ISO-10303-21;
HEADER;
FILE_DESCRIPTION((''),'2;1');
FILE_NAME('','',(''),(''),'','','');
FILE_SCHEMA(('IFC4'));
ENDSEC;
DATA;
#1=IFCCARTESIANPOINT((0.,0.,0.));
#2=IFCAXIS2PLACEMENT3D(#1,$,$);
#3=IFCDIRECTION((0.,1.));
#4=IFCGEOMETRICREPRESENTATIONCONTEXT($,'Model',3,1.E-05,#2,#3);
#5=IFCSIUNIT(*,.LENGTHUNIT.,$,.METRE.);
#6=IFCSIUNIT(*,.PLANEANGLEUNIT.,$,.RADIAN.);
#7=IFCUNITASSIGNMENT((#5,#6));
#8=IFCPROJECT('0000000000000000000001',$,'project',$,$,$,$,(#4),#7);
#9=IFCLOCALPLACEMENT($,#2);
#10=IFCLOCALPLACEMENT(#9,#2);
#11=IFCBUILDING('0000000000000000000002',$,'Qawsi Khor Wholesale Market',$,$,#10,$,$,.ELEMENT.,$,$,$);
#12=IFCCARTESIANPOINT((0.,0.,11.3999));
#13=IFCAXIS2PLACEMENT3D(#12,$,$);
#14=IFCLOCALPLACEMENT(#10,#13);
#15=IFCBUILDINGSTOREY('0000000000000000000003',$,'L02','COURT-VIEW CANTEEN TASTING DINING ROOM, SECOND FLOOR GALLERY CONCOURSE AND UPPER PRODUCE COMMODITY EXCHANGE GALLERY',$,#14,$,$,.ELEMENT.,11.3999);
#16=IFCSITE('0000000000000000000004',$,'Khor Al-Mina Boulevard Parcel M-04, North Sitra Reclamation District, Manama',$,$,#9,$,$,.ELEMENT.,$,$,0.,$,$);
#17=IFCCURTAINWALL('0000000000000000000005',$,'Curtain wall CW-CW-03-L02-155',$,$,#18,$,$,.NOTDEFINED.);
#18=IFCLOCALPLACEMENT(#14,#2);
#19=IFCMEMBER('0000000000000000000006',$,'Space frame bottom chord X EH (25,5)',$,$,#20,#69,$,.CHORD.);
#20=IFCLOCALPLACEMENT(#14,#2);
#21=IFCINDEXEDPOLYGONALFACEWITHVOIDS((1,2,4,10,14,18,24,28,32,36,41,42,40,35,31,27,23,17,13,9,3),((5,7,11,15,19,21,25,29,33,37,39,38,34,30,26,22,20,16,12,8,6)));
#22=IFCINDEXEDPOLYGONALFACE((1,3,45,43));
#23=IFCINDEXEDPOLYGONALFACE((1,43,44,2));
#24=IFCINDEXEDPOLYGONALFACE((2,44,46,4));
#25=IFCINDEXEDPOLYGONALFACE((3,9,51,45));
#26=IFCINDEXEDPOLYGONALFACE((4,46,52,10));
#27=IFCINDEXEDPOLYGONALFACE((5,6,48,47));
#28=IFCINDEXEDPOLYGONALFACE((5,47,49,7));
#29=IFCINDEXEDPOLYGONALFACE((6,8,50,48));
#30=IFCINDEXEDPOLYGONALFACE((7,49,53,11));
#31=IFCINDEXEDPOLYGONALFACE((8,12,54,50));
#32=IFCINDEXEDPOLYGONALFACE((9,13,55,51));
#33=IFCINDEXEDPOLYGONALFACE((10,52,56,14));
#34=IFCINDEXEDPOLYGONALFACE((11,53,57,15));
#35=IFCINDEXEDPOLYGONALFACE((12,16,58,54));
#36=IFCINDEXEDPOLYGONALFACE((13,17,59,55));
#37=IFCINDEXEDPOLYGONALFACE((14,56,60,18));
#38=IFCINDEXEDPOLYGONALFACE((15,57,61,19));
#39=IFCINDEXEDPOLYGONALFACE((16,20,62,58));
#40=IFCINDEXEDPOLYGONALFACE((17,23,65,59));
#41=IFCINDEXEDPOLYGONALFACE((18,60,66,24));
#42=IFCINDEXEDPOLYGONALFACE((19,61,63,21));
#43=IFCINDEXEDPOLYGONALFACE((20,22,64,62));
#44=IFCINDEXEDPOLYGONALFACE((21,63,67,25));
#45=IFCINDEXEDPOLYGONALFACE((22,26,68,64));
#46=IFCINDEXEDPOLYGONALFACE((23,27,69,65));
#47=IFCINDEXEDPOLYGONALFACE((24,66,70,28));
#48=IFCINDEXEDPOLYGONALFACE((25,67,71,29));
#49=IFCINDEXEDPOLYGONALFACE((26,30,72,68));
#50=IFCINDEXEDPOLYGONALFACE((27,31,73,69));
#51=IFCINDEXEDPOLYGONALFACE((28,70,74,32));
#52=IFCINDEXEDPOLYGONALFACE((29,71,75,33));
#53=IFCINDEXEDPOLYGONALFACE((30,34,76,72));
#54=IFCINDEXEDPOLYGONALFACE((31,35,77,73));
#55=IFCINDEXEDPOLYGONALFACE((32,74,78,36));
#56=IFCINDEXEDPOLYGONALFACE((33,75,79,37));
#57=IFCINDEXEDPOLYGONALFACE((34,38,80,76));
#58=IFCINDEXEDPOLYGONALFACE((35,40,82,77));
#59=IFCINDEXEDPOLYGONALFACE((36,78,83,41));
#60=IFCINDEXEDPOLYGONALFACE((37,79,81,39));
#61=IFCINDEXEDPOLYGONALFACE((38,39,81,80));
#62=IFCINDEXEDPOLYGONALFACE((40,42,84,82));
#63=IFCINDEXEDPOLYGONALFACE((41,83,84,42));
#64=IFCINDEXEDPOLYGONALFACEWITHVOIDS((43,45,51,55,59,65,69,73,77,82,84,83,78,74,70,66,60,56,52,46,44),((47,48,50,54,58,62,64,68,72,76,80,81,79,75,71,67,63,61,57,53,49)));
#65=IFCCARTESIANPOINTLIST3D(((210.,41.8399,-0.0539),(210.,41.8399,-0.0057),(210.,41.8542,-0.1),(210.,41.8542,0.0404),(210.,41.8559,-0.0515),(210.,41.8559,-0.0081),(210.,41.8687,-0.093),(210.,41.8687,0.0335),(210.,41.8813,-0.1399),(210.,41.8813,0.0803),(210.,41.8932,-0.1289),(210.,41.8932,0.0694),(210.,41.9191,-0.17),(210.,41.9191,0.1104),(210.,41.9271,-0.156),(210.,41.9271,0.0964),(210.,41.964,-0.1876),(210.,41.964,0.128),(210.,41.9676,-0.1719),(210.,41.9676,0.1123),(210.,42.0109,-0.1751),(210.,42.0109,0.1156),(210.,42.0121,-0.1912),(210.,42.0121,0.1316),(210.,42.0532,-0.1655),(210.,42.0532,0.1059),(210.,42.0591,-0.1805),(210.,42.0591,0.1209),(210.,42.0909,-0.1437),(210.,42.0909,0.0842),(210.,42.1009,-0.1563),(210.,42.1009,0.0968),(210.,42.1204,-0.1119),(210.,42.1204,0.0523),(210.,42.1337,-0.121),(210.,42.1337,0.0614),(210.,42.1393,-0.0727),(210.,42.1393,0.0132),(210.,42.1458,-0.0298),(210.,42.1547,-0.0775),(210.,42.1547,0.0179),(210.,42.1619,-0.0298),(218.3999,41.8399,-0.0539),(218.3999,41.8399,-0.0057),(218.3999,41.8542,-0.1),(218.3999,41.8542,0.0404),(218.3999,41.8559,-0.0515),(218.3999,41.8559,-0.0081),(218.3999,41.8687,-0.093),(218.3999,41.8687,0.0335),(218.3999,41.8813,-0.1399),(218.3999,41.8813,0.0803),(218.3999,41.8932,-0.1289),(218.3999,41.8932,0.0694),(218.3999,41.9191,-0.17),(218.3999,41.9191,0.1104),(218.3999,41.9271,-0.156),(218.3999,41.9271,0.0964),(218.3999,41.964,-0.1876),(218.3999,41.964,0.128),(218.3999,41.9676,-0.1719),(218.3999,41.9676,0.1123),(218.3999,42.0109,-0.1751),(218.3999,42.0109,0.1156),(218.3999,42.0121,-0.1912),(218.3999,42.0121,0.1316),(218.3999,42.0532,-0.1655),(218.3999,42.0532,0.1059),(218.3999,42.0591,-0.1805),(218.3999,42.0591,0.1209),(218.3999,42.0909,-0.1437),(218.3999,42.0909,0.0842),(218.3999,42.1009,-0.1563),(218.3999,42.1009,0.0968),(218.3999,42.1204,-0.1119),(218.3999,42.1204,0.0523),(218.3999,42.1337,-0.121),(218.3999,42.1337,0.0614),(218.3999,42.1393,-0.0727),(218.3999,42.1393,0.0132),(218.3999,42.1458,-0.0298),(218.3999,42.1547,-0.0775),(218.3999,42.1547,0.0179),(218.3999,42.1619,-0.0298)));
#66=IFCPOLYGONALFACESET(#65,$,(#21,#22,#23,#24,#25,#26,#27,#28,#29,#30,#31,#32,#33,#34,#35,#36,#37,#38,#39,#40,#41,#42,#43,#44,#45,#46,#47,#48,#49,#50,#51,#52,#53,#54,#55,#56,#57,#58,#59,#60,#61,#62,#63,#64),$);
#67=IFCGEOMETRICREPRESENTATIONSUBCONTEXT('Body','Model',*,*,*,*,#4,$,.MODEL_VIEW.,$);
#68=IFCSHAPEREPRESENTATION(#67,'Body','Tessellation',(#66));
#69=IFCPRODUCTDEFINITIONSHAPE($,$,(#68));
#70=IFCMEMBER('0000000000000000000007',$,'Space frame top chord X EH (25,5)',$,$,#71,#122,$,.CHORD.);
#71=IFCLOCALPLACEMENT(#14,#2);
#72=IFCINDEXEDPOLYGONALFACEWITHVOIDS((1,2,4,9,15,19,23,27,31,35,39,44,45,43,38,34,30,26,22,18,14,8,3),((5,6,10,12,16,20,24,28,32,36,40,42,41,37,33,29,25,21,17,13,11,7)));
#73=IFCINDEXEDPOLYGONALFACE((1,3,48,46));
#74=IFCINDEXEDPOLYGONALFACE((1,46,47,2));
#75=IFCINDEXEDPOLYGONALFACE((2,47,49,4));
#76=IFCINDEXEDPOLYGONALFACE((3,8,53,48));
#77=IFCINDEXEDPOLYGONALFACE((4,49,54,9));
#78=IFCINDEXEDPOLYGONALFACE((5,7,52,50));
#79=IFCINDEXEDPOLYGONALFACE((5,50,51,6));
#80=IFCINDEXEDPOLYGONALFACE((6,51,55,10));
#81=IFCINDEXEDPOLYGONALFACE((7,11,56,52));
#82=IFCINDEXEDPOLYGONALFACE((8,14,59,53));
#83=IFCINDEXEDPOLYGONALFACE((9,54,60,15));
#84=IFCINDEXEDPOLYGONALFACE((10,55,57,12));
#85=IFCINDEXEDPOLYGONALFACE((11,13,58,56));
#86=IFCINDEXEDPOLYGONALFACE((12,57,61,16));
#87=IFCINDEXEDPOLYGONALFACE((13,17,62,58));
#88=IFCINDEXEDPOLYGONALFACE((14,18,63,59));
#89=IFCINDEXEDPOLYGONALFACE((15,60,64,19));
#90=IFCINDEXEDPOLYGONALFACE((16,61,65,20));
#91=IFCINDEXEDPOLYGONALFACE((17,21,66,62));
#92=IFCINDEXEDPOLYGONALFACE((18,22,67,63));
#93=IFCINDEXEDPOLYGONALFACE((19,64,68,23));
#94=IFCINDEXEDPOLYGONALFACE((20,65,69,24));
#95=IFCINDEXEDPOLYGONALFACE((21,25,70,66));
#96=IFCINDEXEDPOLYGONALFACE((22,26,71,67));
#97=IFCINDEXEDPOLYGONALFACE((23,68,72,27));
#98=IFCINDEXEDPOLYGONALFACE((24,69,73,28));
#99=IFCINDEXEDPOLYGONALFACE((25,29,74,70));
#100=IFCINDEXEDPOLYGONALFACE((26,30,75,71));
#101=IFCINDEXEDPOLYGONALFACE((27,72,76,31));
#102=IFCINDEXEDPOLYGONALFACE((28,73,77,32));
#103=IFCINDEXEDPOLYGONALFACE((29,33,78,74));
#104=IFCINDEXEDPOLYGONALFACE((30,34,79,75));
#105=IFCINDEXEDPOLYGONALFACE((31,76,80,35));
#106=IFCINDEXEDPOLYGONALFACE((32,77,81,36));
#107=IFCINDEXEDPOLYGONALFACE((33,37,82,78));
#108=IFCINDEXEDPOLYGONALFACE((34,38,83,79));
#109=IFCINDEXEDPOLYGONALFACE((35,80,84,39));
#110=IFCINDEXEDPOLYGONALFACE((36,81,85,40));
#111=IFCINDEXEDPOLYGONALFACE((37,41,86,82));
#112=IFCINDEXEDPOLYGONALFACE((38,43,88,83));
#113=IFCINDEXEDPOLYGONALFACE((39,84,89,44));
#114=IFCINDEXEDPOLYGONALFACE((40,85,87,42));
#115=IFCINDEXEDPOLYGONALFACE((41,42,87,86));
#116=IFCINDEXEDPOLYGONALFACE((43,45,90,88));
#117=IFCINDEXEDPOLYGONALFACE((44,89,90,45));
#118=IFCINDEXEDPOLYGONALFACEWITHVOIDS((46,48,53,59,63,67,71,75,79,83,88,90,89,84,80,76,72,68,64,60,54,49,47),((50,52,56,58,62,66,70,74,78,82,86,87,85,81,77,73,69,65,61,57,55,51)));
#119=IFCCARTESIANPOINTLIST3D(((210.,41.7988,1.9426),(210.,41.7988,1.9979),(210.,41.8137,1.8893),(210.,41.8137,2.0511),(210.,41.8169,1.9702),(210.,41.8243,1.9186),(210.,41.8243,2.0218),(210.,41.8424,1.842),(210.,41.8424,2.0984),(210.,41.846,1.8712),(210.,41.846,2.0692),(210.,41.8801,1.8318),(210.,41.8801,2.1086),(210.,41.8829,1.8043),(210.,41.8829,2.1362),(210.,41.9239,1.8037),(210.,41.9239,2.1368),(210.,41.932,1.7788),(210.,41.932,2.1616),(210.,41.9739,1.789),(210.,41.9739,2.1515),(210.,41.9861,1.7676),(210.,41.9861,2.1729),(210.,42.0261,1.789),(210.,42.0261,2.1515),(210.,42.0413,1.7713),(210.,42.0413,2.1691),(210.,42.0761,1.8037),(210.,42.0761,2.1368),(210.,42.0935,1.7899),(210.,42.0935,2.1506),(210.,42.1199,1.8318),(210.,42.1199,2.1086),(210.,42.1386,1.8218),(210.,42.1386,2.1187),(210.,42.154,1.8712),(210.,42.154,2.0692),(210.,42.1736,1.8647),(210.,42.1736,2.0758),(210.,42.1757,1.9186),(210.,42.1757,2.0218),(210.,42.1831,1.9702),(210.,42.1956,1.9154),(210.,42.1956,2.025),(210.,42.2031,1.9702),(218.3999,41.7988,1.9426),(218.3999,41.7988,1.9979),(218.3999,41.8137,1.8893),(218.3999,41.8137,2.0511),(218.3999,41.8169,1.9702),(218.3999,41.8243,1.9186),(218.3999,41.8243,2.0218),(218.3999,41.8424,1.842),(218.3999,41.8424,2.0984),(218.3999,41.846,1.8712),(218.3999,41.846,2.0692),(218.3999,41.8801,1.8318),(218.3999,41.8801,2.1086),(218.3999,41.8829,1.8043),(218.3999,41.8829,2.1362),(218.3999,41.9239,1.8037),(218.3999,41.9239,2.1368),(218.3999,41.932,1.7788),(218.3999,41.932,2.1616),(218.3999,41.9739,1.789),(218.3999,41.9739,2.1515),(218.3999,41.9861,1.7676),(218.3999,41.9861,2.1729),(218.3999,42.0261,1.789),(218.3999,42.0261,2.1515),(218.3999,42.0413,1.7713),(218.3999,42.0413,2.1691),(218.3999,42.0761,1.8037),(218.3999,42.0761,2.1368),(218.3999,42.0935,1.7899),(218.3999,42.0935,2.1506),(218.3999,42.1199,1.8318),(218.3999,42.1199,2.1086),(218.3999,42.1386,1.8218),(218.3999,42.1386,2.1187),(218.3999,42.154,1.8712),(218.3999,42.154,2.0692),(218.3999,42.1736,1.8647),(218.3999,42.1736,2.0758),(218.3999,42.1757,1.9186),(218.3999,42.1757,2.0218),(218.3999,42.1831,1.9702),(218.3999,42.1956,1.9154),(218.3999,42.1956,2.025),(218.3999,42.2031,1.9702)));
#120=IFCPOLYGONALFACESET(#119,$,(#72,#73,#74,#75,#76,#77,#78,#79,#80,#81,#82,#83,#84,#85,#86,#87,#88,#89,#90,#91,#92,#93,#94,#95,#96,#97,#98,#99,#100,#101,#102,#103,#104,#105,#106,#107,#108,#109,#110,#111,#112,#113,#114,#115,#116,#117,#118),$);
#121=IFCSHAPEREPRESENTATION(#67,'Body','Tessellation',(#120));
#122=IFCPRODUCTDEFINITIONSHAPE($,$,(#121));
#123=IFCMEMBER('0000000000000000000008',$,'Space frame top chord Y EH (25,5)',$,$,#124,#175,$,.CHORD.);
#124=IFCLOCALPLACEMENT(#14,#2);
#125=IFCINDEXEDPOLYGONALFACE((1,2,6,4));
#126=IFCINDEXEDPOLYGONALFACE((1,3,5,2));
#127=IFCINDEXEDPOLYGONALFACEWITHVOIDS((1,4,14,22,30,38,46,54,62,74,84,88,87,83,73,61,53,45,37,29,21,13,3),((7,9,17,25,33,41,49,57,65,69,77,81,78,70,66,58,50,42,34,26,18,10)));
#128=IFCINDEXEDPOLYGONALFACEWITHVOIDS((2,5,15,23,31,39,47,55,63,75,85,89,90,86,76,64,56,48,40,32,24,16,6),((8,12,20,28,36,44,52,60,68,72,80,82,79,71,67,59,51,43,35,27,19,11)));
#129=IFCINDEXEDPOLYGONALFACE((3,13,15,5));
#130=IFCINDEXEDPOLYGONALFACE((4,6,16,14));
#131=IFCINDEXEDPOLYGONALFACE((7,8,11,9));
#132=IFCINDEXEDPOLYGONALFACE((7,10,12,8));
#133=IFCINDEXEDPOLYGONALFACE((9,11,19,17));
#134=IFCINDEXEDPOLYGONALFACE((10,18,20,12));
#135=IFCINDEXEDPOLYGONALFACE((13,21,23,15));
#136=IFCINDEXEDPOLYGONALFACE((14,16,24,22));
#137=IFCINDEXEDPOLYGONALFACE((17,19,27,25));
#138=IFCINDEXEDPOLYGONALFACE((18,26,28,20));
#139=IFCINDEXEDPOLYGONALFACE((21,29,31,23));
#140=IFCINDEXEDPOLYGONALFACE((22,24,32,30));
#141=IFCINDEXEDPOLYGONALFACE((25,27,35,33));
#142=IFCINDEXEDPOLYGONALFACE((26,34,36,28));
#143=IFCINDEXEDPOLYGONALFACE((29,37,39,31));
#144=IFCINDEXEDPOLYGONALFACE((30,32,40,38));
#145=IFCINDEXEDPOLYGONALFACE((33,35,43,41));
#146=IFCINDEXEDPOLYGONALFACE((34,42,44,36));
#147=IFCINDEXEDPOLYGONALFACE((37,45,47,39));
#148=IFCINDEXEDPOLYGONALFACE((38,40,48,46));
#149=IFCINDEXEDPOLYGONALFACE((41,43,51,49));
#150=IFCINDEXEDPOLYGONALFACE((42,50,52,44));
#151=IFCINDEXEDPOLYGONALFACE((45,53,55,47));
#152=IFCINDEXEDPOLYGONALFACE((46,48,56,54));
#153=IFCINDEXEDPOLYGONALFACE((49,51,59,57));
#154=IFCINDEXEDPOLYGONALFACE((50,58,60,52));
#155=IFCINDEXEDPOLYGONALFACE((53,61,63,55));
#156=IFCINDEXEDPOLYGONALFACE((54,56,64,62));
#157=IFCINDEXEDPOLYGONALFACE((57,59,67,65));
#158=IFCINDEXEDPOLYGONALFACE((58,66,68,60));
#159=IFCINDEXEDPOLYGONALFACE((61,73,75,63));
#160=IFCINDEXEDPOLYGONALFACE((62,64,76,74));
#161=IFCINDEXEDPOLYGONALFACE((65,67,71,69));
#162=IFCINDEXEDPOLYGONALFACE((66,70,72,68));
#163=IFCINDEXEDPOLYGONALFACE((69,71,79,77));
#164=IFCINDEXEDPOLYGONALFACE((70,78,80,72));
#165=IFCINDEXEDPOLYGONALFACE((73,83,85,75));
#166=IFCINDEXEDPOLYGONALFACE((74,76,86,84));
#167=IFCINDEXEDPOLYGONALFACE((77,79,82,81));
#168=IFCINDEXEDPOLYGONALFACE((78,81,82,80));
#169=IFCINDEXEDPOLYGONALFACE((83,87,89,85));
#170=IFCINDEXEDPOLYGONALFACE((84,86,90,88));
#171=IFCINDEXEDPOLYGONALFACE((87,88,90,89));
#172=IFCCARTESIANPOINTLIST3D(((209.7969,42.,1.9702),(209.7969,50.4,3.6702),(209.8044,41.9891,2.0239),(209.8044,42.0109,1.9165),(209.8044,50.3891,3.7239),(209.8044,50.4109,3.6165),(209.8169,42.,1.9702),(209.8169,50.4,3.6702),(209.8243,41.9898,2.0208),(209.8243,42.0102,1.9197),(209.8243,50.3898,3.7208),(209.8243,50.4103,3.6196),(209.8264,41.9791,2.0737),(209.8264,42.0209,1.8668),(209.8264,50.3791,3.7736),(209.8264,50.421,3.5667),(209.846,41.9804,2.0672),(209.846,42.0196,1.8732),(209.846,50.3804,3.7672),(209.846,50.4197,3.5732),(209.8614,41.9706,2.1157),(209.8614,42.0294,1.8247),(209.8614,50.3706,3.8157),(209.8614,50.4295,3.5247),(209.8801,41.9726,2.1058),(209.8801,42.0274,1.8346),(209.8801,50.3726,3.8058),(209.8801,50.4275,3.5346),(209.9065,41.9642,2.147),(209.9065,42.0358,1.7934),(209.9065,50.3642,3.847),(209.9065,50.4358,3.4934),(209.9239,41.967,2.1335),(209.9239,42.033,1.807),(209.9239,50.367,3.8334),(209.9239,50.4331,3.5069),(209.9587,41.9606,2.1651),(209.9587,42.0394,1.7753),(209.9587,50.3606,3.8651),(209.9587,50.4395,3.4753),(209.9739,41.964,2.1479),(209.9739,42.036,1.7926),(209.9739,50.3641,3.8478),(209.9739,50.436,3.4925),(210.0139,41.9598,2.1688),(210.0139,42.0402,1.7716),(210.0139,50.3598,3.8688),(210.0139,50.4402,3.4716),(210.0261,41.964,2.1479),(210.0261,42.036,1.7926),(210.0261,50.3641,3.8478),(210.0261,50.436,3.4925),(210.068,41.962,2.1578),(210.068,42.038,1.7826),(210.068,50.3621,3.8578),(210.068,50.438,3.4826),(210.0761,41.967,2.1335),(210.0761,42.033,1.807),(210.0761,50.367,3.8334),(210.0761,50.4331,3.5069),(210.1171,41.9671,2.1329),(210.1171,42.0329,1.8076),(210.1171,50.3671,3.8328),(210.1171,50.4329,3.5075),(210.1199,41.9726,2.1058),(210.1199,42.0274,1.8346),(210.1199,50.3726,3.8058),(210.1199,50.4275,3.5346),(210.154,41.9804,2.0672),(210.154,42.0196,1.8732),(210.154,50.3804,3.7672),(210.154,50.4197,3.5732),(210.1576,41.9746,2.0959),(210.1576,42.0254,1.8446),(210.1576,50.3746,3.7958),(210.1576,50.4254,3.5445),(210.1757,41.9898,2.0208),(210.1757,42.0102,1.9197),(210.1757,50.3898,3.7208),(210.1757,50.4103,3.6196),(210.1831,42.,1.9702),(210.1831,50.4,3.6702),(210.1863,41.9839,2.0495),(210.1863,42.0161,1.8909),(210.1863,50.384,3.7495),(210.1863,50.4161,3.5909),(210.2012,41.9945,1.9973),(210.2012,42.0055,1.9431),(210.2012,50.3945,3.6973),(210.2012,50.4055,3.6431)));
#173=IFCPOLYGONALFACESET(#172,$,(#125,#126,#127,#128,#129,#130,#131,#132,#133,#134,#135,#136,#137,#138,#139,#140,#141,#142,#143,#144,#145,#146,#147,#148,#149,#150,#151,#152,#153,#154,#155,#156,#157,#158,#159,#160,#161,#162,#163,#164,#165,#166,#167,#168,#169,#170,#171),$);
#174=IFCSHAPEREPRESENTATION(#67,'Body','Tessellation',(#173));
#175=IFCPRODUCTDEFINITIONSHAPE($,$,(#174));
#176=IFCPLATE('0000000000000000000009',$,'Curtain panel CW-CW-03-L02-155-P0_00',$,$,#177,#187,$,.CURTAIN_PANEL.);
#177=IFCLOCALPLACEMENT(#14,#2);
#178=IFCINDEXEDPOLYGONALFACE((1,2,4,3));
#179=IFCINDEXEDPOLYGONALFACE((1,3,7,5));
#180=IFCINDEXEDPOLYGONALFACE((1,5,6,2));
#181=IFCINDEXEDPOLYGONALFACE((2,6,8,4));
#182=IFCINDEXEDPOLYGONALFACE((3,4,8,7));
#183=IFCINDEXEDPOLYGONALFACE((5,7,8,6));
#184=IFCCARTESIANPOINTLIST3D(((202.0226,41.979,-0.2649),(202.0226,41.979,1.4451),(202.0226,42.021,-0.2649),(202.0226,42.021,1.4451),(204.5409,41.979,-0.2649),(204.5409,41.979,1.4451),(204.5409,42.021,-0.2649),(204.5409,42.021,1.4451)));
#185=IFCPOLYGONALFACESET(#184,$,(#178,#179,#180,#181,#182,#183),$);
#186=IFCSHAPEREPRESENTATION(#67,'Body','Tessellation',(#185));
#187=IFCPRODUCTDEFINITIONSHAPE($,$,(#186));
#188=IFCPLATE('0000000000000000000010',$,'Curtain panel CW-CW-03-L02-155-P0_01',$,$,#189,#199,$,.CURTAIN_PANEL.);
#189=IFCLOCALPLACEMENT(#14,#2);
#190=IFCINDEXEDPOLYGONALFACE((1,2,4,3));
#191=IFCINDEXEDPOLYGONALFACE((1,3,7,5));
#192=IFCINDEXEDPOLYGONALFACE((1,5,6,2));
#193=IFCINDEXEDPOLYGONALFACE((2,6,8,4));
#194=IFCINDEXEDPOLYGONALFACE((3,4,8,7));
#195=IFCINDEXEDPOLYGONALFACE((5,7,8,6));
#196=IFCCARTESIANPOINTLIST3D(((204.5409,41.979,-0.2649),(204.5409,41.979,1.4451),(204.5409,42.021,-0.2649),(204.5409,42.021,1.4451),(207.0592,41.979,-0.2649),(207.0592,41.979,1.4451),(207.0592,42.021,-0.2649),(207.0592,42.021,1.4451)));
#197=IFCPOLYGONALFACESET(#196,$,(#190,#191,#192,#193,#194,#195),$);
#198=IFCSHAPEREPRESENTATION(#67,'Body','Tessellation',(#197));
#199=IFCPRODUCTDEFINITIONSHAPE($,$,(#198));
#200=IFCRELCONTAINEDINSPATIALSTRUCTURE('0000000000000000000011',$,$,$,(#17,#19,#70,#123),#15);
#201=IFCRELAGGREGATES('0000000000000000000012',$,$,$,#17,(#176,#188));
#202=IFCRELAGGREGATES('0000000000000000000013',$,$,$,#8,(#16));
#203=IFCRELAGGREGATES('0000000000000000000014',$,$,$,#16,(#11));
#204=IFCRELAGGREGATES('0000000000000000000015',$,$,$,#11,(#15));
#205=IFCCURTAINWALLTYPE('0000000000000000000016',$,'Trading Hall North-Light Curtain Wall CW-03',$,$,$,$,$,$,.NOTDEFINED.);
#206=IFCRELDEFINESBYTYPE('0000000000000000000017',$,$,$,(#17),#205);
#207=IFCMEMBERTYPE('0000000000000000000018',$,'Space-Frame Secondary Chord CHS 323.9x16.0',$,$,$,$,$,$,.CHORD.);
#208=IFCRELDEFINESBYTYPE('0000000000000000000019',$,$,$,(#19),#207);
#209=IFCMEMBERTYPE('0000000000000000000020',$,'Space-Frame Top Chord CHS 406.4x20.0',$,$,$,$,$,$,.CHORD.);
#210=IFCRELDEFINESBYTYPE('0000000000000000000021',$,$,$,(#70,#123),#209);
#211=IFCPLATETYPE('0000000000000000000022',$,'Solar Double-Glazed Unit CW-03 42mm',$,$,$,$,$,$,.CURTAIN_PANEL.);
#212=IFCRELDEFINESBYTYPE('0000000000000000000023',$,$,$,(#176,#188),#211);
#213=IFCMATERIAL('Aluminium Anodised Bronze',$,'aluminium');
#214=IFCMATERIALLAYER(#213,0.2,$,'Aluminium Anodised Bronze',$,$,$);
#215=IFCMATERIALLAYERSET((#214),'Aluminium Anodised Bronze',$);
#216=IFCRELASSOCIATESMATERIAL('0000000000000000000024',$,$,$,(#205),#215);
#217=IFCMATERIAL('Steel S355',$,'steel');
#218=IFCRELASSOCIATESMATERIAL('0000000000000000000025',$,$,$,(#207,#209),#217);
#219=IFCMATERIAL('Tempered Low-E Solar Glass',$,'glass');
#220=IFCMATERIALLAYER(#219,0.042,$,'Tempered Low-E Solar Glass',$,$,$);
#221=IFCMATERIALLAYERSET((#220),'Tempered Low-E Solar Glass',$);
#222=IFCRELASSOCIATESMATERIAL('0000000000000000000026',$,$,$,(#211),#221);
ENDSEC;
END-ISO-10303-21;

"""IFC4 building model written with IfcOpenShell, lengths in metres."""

from ifc_helpers import new_model, si_unit, direction, frame, frame_2d, origin, origin_2d, place, context, subcontext, project, spatial, rectangle, hollow_circle, extrude, material, layer, layer_set, material_profile, profile_set, type_object, element, aggregate, save


model = new_model("IFC4")

# Units and contexts
model_context = context("Model", 3, precision=1e-05, world=origin(), true_north=direction((0.0, 1.0)))
body_context = subcontext(model_context, "Body", "Model", "MODEL_VIEW")
ifc_project = project(units=[si_unit("LENGTHUNIT", "METRE"), si_unit("PLANEANGLEUNIT", "RADIAN")], contexts=[model_context])

# Site, building, storey
site_placement = place(None, origin())
site = spatial("IfcSite", under=ifc_project, at=site_placement, Name="Khor Al-Mina Boulevard Parcel M-04, North Sitra Reclamation District, Manama", CompositionType="ELEMENT", RefElevation=0.0)
building_placement = place(site_placement, origin())
building = spatial("IfcBuilding", under=site, at=building_placement, Name="Qawsi Khor Wholesale Market", CompositionType="ELEMENT")
storey_placement = place(building_placement, frame((0.0, 0.0, 11.3999)))
storey = spatial("IfcBuildingStorey", under=building, at=storey_placement, Name="L02", Description="COURT-VIEW CANTEEN TASTING DINING ROOM, SECOND FLOOR GALLERY CONCOURSE AND UPPER PRODUCE COMMODITY EXCHANGE GALLERY", CompositionType="ELEMENT", Elevation=11.3999)

# Curtain wall
ifc_material_1 = material(Name="Aluminium Anodised Bronze", Category="aluminium")
ifc_layer_1 = layer(ifc_material_1, 0.2, Name="Aluminium Anodised Bronze")
ifc_layer_set_1 = layer_set([ifc_layer_1], Name="Aluminium Anodised Bronze")
curtain_wall_type = type_object("IfcCurtainWallType", Name="Trading Hall North-Light Curtain Wall CW-03", PredefinedType="NOTDEFINED", material=ifc_layer_set_1)
curtain_wall_placement = place(storey_placement, origin())
curtain_wall = element("IfcCurtainWall", 1, at=curtain_wall_placement, inside=storey, type_object=curtain_wall_type, Name="Curtain wall CW-CW-03-L02-155", PredefinedType="NOTDEFINED")

# Members
ifc_material_2 = material(Name="Steel S355", Category="steel")
ifc_material_profile_1 = material_profile(ifc_material_2, hollow_circle(Radius=0.1619, WallThickness=0.0161, at=origin_2d()), Name="CHS 323.9x16.0")
ifc_profile_set_1 = profile_set([ifc_material_profile_1], Name="Steel S355")
member_type_1 = type_object("IfcMemberType", Name="Space-Frame Secondary Chord CHS 323.9x16.0", PredefinedType="CHORD", material=ifc_profile_set_1)
member_1_placement = place(storey_placement, frame((210.0, 42.0, -0.0298), z_axis=(1.0, 0.0, 0.0), x_axis=(0.0, 1.0, 0.0)))
element("IfcMember", 2, at=member_1_placement, inside=storey, type_object=member_type_1, Name="Space frame bottom chord X EH (25,5)", PredefinedType="CHORD", context=body_context, shape_type="SweptSolid", body=[
    extrude(hollow_circle(Radius=0.1619, WallThickness=0.0161, at=origin_2d()), origin(), (0.0, 0.0, 1.0), 8.3999),
])
ifc_material_profile_2 = material_profile(ifc_material_2, hollow_circle(Radius=0.2031, WallThickness=0.02, at=origin_2d()), Name="CHS 406.4x20.0")
ifc_profile_set_2 = profile_set([ifc_material_profile_2], Name="Steel S355")
member_type_2 = type_object("IfcMemberType", Name="Space-Frame Top Chord CHS 406.4x20.0", PredefinedType="CHORD", material=ifc_profile_set_2)
member_2_placement = place(storey_placement, frame((210.0, 42.0, 1.9702), z_axis=(1.0, 0.0, 0.0), x_axis=(0.0, 1.0, 0.0)))
element("IfcMember", 3, at=member_2_placement, inside=storey, type_object=member_type_2, Name="Space frame top chord X EH (25,5)", PredefinedType="CHORD", context=body_context, shape_type="SweptSolid", body=[
    extrude(hollow_circle(Radius=0.2031, WallThickness=0.02, at=origin_2d()), origin(), (0.0, 0.0, 1.0), 8.3999),
])
member_3_placement = place(storey_placement, frame((210.0, 42.0, 1.9702), z_axis=(0.0, 0.98013, 0.198356), x_axis=(-1.0, 0.0, 0.0)))
element("IfcMember", 4, at=member_3_placement, inside=storey, type_object=member_type_2, Name="Space frame top chord Y EH (25,5)", PredefinedType="CHORD", context=body_context, shape_type="SweptSolid", body=[
    extrude(hollow_circle(Radius=0.2031, WallThickness=0.02, at=origin_2d()), origin(), (0.0, 0.0, 1.0), 8.5703),
])

# Plates
ifc_material_3 = material(Name="Tempered Low-E Solar Glass", Category="glass")
ifc_layer_2 = layer(ifc_material_3, 0.042, Name="Tempered Low-E Solar Glass")
ifc_layer_set_2 = layer_set([ifc_layer_2], Name="Tempered Low-E Solar Glass")
plate_type = type_object("IfcPlateType", Name="Solar Double-Glazed Unit CW-03 42mm", PredefinedType="CURTAIN_PANEL", material=ifc_layer_set_2)
plate_1_placement = place(storey_placement, frame((202.0225, 42.0, -0.2649), z_axis=(0.0, 0.0, 1.0), x_axis=(1.0, 0.0, 0.0)))
plate_1 = element("IfcPlate", 5, at=plate_1_placement, type_object=plate_type, Name="Curtain panel CW-CW-03-L02-155-P0_00", PredefinedType="CURTAIN_PANEL", context=body_context, shape_type="SweptSolid", body=[
    extrude(rectangle(XDim=2.5183, YDim=0.042, at=frame_2d((1.2593, 0.0))), origin(), (0.0, 0.0, 1.0), 1.71),
])
plate_2_placement = place(storey_placement, frame((204.5408, 42.0, -0.2649), z_axis=(0.0, 0.0, 1.0), x_axis=(1.0, 0.0, 0.0)))
plate_2 = element("IfcPlate", 6, at=plate_2_placement, type_object=plate_type, Name="Curtain panel CW-CW-03-L02-155-P0_01", PredefinedType="CURTAIN_PANEL", context=body_context, shape_type="SweptSolid", body=[
    extrude(rectangle(XDim=2.5183, YDim=0.042, at=frame_2d((1.2593, 0.0))), origin(), (0.0, 0.0, 1.0), 1.71),
])
aggregate(curtain_wall, [plate_1, plate_2])

save(model, "model.ifc")
